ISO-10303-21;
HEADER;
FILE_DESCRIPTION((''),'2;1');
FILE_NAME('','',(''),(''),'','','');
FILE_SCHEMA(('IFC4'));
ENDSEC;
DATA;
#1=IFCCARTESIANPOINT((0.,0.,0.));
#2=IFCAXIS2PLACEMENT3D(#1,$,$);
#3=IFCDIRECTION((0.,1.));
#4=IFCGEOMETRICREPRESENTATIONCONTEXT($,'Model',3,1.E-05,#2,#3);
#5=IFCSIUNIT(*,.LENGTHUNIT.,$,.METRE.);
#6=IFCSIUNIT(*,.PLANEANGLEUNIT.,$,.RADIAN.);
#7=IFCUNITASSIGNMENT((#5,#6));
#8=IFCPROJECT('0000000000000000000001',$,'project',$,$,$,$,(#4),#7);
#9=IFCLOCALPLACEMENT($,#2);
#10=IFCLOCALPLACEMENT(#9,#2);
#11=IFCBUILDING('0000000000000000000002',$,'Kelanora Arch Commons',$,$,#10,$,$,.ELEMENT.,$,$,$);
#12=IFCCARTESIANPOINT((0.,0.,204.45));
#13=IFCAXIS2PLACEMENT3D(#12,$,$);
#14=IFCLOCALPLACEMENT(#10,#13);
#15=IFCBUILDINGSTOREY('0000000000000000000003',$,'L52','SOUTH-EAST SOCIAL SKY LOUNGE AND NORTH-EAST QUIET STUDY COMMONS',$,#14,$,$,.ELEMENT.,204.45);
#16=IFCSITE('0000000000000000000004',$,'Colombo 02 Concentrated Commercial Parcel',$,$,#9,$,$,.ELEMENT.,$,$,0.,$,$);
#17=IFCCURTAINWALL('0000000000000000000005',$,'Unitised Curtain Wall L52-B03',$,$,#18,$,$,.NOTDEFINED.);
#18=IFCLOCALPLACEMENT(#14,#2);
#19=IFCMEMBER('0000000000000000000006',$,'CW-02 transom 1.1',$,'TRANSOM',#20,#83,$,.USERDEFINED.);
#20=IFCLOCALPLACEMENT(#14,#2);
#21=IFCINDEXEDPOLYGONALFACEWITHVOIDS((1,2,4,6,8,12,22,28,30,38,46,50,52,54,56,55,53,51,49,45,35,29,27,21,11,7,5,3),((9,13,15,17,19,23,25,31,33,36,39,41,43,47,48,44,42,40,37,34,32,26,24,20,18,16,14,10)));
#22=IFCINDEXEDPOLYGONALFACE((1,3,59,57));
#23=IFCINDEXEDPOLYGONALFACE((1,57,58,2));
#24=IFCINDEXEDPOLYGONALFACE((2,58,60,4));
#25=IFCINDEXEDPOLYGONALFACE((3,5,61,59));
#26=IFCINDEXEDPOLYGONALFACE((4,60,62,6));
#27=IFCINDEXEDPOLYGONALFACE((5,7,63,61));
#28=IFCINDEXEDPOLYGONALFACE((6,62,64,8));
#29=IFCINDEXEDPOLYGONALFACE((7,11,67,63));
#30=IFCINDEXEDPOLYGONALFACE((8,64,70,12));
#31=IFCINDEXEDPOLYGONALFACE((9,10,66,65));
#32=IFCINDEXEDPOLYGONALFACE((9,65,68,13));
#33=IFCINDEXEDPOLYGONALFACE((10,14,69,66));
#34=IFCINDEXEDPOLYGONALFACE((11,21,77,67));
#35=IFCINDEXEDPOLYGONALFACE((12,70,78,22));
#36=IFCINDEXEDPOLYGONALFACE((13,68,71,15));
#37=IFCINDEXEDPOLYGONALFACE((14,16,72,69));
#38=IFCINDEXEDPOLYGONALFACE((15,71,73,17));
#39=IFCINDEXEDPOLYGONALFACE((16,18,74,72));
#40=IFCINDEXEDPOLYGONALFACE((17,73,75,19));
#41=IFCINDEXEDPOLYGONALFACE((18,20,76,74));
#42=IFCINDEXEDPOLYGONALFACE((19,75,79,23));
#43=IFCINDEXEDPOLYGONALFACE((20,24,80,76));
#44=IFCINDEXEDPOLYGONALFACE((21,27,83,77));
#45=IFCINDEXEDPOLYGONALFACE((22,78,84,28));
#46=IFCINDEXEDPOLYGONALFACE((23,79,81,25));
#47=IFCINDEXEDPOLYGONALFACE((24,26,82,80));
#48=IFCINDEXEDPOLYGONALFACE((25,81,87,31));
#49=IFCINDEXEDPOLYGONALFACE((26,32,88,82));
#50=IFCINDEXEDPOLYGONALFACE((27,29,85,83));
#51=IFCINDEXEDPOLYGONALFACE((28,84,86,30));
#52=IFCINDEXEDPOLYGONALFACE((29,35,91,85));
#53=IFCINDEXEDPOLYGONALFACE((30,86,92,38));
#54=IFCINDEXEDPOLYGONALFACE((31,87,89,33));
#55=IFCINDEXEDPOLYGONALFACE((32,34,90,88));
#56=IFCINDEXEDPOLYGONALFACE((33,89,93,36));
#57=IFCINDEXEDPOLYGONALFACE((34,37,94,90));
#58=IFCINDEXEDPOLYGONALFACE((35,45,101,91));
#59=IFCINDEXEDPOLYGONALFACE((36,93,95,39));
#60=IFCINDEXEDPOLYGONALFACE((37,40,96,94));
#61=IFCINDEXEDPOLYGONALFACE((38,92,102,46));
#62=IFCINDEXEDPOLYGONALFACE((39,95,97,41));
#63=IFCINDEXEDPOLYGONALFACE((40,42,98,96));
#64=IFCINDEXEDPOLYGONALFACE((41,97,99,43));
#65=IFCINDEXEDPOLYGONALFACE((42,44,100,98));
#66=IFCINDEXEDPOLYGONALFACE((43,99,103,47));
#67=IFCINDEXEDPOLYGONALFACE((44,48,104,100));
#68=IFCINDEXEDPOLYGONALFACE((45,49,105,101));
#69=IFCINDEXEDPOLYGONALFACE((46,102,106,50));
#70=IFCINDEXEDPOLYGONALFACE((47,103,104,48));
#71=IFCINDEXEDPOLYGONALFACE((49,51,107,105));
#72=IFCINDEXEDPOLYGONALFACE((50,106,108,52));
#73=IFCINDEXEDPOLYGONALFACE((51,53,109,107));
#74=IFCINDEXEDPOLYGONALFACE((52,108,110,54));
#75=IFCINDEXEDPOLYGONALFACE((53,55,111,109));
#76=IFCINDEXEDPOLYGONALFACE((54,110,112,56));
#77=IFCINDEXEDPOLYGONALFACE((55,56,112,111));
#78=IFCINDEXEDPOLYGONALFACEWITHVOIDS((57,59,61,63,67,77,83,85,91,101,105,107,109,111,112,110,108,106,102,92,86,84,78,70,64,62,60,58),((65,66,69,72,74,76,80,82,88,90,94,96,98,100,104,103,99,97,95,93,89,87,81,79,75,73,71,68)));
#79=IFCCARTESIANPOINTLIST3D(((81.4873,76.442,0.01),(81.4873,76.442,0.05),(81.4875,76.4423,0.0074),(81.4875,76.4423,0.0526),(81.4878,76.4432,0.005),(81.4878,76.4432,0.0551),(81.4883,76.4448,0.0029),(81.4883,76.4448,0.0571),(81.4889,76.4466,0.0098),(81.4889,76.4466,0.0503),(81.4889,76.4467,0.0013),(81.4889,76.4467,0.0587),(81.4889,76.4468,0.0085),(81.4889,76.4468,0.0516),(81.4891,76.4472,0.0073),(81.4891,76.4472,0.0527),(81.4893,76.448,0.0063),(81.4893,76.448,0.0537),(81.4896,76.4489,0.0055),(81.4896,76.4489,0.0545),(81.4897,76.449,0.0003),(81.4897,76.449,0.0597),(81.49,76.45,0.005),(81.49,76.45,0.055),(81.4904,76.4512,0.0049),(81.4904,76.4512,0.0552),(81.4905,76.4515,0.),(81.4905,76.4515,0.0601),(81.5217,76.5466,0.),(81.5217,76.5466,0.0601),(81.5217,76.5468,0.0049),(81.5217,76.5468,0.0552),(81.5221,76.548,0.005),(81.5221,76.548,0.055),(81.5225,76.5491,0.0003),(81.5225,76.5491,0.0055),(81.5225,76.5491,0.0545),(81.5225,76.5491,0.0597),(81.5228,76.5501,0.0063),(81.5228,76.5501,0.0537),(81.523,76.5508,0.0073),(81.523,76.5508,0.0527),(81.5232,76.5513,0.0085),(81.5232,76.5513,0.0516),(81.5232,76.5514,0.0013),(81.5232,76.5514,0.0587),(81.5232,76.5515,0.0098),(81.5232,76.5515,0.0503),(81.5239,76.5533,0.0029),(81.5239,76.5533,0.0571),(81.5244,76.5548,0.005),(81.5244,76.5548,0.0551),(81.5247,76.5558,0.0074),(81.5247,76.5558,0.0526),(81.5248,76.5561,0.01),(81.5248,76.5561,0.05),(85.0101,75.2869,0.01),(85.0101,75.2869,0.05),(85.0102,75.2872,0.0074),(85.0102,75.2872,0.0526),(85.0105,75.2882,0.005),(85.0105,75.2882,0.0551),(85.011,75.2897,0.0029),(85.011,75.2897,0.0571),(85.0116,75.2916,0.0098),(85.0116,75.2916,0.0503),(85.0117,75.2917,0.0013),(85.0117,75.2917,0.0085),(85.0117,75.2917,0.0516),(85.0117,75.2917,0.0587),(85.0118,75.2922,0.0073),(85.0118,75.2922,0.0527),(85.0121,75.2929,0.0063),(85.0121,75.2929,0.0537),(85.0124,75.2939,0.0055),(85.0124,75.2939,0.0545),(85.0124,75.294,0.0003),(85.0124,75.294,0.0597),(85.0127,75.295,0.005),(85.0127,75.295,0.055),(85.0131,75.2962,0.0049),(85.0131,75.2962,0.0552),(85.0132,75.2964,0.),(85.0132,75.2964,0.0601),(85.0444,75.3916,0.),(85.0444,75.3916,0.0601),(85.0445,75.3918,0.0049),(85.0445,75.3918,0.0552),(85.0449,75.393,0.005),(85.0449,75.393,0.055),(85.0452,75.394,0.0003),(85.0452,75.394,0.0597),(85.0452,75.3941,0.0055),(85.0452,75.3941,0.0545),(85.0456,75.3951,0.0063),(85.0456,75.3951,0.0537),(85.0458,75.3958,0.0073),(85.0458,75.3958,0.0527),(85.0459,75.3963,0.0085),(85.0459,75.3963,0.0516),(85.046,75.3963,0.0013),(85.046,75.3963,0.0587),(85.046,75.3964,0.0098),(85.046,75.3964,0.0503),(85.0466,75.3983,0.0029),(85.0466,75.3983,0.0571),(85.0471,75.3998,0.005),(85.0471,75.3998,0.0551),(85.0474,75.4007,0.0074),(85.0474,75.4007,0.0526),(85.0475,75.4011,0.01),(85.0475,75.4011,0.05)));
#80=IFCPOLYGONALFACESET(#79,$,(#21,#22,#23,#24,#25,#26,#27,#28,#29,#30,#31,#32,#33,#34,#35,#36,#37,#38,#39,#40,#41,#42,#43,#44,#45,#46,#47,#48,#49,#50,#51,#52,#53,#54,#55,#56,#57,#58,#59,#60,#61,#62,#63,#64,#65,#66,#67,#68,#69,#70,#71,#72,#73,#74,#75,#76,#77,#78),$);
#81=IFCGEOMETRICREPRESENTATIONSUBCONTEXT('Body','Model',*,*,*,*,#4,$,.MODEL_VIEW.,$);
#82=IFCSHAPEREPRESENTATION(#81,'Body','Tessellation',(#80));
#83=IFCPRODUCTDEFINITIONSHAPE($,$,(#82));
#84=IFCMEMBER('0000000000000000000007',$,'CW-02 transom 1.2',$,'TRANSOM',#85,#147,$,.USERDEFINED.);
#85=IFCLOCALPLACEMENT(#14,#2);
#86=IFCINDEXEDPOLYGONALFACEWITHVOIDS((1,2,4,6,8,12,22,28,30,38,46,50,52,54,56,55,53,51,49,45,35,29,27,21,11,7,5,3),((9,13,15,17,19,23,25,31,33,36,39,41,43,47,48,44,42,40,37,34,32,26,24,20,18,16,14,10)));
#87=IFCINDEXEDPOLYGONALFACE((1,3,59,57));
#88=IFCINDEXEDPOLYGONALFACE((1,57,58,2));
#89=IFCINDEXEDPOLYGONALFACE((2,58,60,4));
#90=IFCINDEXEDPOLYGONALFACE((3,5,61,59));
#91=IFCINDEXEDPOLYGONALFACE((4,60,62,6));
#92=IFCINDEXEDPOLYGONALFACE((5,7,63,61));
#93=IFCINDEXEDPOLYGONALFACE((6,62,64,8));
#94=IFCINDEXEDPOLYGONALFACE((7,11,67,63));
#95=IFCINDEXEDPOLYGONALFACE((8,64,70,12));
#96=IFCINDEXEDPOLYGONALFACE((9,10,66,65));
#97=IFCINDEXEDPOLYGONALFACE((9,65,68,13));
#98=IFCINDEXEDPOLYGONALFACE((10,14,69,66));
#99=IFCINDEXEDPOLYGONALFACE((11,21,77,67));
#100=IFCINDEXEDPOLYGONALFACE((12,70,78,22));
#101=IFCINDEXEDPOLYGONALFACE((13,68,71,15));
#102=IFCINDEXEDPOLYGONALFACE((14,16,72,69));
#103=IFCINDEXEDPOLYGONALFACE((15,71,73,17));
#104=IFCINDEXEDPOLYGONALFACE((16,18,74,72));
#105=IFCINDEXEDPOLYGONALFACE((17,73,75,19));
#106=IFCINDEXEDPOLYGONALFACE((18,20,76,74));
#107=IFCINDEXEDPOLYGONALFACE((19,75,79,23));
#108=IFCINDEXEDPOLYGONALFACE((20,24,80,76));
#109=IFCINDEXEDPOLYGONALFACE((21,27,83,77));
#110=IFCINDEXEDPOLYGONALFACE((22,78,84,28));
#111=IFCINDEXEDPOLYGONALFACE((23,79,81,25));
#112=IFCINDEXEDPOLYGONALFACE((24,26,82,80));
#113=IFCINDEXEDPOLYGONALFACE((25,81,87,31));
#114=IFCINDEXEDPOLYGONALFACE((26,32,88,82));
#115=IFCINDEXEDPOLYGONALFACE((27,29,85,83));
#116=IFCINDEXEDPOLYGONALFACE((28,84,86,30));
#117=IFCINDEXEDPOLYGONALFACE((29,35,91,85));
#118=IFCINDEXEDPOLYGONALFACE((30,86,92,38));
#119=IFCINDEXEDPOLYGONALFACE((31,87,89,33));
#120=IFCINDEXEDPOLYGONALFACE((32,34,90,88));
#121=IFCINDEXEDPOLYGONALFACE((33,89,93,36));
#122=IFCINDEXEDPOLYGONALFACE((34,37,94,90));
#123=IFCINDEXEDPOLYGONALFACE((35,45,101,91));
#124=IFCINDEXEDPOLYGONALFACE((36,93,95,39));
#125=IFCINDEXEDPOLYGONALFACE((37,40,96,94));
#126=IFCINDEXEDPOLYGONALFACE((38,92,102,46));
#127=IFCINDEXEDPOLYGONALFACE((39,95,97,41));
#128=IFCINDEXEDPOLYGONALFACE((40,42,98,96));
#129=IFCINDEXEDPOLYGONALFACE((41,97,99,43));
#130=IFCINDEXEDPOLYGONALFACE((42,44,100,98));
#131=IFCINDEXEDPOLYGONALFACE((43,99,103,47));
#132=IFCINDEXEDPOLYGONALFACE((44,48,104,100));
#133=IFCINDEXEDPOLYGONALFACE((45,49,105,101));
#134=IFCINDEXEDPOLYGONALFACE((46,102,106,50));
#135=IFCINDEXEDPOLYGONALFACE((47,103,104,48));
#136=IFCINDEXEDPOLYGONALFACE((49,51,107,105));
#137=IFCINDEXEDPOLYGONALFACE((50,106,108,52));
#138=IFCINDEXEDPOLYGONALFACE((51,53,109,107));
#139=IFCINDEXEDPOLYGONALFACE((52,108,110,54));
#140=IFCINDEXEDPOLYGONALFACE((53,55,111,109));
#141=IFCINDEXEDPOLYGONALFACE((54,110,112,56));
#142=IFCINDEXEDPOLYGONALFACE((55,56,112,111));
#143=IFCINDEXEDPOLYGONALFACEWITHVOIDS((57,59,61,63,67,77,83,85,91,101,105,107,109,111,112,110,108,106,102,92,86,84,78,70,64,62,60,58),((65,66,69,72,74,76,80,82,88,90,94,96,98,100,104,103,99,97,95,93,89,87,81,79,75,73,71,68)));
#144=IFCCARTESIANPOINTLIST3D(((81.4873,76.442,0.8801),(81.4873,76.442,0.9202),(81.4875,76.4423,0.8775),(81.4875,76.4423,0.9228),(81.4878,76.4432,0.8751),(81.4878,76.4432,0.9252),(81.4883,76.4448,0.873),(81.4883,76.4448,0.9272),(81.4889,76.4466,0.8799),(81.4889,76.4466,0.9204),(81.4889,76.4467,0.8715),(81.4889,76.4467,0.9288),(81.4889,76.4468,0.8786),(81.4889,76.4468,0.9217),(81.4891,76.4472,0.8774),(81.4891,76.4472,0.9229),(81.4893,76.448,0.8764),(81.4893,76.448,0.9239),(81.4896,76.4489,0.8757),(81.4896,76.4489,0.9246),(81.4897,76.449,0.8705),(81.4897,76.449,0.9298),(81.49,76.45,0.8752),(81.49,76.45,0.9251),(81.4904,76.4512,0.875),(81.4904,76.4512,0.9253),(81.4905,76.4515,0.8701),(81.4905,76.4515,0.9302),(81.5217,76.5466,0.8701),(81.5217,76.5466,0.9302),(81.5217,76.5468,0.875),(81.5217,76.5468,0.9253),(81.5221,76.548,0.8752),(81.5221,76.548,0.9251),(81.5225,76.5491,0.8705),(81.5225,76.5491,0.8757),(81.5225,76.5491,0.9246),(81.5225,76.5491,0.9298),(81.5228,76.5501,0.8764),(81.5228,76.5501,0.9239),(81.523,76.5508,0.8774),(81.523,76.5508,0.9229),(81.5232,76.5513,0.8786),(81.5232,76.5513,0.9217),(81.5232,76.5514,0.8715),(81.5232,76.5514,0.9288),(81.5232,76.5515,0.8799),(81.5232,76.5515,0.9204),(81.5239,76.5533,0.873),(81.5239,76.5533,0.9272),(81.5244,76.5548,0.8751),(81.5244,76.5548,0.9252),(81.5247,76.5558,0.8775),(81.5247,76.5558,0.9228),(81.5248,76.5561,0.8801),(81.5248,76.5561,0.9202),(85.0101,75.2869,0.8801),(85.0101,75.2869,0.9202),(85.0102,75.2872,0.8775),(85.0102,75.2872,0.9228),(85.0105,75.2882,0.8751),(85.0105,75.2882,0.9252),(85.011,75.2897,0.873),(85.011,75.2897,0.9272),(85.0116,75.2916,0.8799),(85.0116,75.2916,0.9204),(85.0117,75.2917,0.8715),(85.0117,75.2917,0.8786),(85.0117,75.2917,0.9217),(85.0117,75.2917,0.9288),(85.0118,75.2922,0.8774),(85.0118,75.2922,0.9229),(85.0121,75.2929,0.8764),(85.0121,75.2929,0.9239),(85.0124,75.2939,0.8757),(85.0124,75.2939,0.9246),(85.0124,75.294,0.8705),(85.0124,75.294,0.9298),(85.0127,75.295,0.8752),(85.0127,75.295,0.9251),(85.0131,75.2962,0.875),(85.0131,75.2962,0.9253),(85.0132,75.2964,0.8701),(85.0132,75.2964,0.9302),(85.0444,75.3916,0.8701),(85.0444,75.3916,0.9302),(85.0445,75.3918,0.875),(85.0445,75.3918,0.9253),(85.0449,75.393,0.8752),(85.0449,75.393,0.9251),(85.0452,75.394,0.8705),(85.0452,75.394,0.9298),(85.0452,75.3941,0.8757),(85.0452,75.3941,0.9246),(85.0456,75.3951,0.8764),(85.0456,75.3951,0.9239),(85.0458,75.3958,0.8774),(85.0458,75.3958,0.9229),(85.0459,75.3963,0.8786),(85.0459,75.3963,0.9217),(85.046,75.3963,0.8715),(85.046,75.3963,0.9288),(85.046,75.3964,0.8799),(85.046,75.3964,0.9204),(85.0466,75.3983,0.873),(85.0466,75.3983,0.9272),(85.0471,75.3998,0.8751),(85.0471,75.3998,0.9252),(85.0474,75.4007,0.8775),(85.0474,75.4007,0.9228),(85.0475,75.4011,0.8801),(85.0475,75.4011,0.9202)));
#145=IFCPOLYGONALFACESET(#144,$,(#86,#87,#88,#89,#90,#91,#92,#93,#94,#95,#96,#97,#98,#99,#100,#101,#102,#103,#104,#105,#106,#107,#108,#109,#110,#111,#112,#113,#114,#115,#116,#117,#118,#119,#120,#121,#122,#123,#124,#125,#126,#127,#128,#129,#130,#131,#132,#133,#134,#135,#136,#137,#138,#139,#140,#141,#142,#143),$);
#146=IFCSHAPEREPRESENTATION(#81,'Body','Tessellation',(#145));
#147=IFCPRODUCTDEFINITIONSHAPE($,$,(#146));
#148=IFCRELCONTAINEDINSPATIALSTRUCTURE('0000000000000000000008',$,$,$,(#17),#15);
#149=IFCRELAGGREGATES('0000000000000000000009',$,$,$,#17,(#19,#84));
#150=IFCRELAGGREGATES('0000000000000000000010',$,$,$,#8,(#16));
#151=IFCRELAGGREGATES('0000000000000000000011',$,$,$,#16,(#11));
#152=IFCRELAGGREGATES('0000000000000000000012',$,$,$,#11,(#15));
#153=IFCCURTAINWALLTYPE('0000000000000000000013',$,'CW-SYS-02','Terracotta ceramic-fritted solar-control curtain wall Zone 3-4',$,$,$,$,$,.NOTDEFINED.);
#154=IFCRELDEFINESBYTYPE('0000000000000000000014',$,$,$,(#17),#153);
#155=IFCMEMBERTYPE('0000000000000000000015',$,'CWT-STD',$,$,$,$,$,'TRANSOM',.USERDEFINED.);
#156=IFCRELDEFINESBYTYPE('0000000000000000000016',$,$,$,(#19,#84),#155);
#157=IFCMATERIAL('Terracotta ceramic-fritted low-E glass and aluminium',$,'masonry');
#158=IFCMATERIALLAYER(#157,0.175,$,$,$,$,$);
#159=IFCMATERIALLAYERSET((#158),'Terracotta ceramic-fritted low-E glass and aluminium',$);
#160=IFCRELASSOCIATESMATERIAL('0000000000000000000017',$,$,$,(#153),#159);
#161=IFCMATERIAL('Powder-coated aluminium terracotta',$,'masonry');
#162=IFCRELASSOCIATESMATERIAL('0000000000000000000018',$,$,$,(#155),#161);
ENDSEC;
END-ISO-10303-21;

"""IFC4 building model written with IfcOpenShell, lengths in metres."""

from ifc_helpers import new_model, si_unit, direction, frame, origin, origin_2d, place, context, subcontext, project, spatial, hollow_rectangle, extrude, material, layer, layer_set, material_profile, profile_set, type_object, element, aggregate, save


model = new_model("IFC4")

# Units and contexts
model_context = context("Model", 3, precision=1e-05, world=origin(), true_north=direction((0.0, 1.0)))
body_context = subcontext(model_context, "Body", "Model", "MODEL_VIEW")
ifc_project = project(units=[si_unit("LENGTHUNIT", "METRE"), si_unit("PLANEANGLEUNIT", "RADIAN")], contexts=[model_context])

# Site, building, storey
site_placement = place(None, origin())
site = spatial("IfcSite", under=ifc_project, at=site_placement, Name="Colombo 02 Concentrated Commercial Parcel", CompositionType="ELEMENT", RefElevation=0.0)
building_placement = place(site_placement, origin())
building = spatial("IfcBuilding", under=site, at=building_placement, Name="Kelanora Arch Commons", CompositionType="ELEMENT")
storey_placement = place(building_placement, frame((0.0, 0.0, 204.45)))
storey = spatial("IfcBuildingStorey", under=building, at=storey_placement, Name="L52", Description="SOUTH-EAST SOCIAL SKY LOUNGE AND NORTH-EAST QUIET STUDY COMMONS", CompositionType="ELEMENT", Elevation=204.45)

# Shared definitions
ifc_material_1 = material(Name="Terracotta ceramic-fritted low-E glass and aluminium", Category="masonry")
ifc_layer_1 = layer(ifc_material_1, 0.175)
ifc_layer_set_1 = layer_set([ifc_layer_1], Name="Terracotta ceramic-fritted low-E glass and aluminium")
curtain_wall_type = type_object("IfcCurtainWallType", Name="CW-SYS-02", Description="Terracotta ceramic-fritted solar-control curtain wall Zone 3-4", PredefinedType="NOTDEFINED", material=ifc_layer_set_1)
ifc_material_2 = material(Name="Powder-coated aluminium terracotta", Category="masonry")

# Curtain wall, members
curtain_wall_1_placement = place(storey_placement, origin())
curtain_wall_1 = element("IfcCurtainWall", 1, at=curtain_wall_1_placement, inside=storey, type_object=curtain_wall_type, Name="Unitised Curtain Wall L52-B03", PredefinedType="NOTDEFINED")
ifc_material_profile_1 = material_profile(ifc_material_2, hollow_rectangle(XDim=0.1201, YDim=0.0601, WallThickness=0.0049, InnerFilletRadius=0.0049, OuterFilletRadius=0.01, at=origin_2d()), Name="CWT120x60")
ifc_profile_set_1 = profile_set([ifc_material_profile_1], Name="Powder-coated aluminium terracotta")
member_type_1 = type_object("IfcMemberType", Name="CWT-STD", ElementType="TRANSOM", PredefinedType="USERDEFINED", material=ifc_profile_set_1)
member_1_placement = place(storey_placement, frame((85.0288, 75.344, 0.03), z_axis=(-0.950226, 0.311561, 0.0), x_axis=(-0.311561, -0.950226, 0.0)))
member_1 = element("IfcMember", 2, at=member_1_placement, type_object=member_type_1, Name="CW-02 transom 1.1", ObjectType="TRANSOM", PredefinedType="USERDEFINED", context=body_context, shape_type="SweptSolid", body=[
    extrude(hollow_rectangle(XDim=0.1201, YDim=0.0601, WallThickness=0.0049, InnerFilletRadius=0.0049, OuterFilletRadius=0.01, at=origin_2d()), origin(), (0.0, 0.0, 1.0), 3.7073),
])
member_2_placement = place(storey_placement, frame((85.0288, 75.344, 0.9001), z_axis=(-0.950226, 0.311561, 0.0), x_axis=(-0.311561, -0.950226, 0.0)))
member_2 = element("IfcMember", 3, at=member_2_placement, type_object=member_type_1, Name="CW-02 transom 1.2", ObjectType="TRANSOM", PredefinedType="USERDEFINED", context=body_context, shape_type="SweptSolid", body=[
    extrude(hollow_rectangle(XDim=0.1201, YDim=0.0601, WallThickness=0.0049, InnerFilletRadius=0.0049, OuterFilletRadius=0.01, at=origin_2d()), origin(), (0.0, 0.0, 1.0), 3.7073),
])
aggregate(curtain_wall_1, [member_1, member_2])

save(model, "model.ifc")
